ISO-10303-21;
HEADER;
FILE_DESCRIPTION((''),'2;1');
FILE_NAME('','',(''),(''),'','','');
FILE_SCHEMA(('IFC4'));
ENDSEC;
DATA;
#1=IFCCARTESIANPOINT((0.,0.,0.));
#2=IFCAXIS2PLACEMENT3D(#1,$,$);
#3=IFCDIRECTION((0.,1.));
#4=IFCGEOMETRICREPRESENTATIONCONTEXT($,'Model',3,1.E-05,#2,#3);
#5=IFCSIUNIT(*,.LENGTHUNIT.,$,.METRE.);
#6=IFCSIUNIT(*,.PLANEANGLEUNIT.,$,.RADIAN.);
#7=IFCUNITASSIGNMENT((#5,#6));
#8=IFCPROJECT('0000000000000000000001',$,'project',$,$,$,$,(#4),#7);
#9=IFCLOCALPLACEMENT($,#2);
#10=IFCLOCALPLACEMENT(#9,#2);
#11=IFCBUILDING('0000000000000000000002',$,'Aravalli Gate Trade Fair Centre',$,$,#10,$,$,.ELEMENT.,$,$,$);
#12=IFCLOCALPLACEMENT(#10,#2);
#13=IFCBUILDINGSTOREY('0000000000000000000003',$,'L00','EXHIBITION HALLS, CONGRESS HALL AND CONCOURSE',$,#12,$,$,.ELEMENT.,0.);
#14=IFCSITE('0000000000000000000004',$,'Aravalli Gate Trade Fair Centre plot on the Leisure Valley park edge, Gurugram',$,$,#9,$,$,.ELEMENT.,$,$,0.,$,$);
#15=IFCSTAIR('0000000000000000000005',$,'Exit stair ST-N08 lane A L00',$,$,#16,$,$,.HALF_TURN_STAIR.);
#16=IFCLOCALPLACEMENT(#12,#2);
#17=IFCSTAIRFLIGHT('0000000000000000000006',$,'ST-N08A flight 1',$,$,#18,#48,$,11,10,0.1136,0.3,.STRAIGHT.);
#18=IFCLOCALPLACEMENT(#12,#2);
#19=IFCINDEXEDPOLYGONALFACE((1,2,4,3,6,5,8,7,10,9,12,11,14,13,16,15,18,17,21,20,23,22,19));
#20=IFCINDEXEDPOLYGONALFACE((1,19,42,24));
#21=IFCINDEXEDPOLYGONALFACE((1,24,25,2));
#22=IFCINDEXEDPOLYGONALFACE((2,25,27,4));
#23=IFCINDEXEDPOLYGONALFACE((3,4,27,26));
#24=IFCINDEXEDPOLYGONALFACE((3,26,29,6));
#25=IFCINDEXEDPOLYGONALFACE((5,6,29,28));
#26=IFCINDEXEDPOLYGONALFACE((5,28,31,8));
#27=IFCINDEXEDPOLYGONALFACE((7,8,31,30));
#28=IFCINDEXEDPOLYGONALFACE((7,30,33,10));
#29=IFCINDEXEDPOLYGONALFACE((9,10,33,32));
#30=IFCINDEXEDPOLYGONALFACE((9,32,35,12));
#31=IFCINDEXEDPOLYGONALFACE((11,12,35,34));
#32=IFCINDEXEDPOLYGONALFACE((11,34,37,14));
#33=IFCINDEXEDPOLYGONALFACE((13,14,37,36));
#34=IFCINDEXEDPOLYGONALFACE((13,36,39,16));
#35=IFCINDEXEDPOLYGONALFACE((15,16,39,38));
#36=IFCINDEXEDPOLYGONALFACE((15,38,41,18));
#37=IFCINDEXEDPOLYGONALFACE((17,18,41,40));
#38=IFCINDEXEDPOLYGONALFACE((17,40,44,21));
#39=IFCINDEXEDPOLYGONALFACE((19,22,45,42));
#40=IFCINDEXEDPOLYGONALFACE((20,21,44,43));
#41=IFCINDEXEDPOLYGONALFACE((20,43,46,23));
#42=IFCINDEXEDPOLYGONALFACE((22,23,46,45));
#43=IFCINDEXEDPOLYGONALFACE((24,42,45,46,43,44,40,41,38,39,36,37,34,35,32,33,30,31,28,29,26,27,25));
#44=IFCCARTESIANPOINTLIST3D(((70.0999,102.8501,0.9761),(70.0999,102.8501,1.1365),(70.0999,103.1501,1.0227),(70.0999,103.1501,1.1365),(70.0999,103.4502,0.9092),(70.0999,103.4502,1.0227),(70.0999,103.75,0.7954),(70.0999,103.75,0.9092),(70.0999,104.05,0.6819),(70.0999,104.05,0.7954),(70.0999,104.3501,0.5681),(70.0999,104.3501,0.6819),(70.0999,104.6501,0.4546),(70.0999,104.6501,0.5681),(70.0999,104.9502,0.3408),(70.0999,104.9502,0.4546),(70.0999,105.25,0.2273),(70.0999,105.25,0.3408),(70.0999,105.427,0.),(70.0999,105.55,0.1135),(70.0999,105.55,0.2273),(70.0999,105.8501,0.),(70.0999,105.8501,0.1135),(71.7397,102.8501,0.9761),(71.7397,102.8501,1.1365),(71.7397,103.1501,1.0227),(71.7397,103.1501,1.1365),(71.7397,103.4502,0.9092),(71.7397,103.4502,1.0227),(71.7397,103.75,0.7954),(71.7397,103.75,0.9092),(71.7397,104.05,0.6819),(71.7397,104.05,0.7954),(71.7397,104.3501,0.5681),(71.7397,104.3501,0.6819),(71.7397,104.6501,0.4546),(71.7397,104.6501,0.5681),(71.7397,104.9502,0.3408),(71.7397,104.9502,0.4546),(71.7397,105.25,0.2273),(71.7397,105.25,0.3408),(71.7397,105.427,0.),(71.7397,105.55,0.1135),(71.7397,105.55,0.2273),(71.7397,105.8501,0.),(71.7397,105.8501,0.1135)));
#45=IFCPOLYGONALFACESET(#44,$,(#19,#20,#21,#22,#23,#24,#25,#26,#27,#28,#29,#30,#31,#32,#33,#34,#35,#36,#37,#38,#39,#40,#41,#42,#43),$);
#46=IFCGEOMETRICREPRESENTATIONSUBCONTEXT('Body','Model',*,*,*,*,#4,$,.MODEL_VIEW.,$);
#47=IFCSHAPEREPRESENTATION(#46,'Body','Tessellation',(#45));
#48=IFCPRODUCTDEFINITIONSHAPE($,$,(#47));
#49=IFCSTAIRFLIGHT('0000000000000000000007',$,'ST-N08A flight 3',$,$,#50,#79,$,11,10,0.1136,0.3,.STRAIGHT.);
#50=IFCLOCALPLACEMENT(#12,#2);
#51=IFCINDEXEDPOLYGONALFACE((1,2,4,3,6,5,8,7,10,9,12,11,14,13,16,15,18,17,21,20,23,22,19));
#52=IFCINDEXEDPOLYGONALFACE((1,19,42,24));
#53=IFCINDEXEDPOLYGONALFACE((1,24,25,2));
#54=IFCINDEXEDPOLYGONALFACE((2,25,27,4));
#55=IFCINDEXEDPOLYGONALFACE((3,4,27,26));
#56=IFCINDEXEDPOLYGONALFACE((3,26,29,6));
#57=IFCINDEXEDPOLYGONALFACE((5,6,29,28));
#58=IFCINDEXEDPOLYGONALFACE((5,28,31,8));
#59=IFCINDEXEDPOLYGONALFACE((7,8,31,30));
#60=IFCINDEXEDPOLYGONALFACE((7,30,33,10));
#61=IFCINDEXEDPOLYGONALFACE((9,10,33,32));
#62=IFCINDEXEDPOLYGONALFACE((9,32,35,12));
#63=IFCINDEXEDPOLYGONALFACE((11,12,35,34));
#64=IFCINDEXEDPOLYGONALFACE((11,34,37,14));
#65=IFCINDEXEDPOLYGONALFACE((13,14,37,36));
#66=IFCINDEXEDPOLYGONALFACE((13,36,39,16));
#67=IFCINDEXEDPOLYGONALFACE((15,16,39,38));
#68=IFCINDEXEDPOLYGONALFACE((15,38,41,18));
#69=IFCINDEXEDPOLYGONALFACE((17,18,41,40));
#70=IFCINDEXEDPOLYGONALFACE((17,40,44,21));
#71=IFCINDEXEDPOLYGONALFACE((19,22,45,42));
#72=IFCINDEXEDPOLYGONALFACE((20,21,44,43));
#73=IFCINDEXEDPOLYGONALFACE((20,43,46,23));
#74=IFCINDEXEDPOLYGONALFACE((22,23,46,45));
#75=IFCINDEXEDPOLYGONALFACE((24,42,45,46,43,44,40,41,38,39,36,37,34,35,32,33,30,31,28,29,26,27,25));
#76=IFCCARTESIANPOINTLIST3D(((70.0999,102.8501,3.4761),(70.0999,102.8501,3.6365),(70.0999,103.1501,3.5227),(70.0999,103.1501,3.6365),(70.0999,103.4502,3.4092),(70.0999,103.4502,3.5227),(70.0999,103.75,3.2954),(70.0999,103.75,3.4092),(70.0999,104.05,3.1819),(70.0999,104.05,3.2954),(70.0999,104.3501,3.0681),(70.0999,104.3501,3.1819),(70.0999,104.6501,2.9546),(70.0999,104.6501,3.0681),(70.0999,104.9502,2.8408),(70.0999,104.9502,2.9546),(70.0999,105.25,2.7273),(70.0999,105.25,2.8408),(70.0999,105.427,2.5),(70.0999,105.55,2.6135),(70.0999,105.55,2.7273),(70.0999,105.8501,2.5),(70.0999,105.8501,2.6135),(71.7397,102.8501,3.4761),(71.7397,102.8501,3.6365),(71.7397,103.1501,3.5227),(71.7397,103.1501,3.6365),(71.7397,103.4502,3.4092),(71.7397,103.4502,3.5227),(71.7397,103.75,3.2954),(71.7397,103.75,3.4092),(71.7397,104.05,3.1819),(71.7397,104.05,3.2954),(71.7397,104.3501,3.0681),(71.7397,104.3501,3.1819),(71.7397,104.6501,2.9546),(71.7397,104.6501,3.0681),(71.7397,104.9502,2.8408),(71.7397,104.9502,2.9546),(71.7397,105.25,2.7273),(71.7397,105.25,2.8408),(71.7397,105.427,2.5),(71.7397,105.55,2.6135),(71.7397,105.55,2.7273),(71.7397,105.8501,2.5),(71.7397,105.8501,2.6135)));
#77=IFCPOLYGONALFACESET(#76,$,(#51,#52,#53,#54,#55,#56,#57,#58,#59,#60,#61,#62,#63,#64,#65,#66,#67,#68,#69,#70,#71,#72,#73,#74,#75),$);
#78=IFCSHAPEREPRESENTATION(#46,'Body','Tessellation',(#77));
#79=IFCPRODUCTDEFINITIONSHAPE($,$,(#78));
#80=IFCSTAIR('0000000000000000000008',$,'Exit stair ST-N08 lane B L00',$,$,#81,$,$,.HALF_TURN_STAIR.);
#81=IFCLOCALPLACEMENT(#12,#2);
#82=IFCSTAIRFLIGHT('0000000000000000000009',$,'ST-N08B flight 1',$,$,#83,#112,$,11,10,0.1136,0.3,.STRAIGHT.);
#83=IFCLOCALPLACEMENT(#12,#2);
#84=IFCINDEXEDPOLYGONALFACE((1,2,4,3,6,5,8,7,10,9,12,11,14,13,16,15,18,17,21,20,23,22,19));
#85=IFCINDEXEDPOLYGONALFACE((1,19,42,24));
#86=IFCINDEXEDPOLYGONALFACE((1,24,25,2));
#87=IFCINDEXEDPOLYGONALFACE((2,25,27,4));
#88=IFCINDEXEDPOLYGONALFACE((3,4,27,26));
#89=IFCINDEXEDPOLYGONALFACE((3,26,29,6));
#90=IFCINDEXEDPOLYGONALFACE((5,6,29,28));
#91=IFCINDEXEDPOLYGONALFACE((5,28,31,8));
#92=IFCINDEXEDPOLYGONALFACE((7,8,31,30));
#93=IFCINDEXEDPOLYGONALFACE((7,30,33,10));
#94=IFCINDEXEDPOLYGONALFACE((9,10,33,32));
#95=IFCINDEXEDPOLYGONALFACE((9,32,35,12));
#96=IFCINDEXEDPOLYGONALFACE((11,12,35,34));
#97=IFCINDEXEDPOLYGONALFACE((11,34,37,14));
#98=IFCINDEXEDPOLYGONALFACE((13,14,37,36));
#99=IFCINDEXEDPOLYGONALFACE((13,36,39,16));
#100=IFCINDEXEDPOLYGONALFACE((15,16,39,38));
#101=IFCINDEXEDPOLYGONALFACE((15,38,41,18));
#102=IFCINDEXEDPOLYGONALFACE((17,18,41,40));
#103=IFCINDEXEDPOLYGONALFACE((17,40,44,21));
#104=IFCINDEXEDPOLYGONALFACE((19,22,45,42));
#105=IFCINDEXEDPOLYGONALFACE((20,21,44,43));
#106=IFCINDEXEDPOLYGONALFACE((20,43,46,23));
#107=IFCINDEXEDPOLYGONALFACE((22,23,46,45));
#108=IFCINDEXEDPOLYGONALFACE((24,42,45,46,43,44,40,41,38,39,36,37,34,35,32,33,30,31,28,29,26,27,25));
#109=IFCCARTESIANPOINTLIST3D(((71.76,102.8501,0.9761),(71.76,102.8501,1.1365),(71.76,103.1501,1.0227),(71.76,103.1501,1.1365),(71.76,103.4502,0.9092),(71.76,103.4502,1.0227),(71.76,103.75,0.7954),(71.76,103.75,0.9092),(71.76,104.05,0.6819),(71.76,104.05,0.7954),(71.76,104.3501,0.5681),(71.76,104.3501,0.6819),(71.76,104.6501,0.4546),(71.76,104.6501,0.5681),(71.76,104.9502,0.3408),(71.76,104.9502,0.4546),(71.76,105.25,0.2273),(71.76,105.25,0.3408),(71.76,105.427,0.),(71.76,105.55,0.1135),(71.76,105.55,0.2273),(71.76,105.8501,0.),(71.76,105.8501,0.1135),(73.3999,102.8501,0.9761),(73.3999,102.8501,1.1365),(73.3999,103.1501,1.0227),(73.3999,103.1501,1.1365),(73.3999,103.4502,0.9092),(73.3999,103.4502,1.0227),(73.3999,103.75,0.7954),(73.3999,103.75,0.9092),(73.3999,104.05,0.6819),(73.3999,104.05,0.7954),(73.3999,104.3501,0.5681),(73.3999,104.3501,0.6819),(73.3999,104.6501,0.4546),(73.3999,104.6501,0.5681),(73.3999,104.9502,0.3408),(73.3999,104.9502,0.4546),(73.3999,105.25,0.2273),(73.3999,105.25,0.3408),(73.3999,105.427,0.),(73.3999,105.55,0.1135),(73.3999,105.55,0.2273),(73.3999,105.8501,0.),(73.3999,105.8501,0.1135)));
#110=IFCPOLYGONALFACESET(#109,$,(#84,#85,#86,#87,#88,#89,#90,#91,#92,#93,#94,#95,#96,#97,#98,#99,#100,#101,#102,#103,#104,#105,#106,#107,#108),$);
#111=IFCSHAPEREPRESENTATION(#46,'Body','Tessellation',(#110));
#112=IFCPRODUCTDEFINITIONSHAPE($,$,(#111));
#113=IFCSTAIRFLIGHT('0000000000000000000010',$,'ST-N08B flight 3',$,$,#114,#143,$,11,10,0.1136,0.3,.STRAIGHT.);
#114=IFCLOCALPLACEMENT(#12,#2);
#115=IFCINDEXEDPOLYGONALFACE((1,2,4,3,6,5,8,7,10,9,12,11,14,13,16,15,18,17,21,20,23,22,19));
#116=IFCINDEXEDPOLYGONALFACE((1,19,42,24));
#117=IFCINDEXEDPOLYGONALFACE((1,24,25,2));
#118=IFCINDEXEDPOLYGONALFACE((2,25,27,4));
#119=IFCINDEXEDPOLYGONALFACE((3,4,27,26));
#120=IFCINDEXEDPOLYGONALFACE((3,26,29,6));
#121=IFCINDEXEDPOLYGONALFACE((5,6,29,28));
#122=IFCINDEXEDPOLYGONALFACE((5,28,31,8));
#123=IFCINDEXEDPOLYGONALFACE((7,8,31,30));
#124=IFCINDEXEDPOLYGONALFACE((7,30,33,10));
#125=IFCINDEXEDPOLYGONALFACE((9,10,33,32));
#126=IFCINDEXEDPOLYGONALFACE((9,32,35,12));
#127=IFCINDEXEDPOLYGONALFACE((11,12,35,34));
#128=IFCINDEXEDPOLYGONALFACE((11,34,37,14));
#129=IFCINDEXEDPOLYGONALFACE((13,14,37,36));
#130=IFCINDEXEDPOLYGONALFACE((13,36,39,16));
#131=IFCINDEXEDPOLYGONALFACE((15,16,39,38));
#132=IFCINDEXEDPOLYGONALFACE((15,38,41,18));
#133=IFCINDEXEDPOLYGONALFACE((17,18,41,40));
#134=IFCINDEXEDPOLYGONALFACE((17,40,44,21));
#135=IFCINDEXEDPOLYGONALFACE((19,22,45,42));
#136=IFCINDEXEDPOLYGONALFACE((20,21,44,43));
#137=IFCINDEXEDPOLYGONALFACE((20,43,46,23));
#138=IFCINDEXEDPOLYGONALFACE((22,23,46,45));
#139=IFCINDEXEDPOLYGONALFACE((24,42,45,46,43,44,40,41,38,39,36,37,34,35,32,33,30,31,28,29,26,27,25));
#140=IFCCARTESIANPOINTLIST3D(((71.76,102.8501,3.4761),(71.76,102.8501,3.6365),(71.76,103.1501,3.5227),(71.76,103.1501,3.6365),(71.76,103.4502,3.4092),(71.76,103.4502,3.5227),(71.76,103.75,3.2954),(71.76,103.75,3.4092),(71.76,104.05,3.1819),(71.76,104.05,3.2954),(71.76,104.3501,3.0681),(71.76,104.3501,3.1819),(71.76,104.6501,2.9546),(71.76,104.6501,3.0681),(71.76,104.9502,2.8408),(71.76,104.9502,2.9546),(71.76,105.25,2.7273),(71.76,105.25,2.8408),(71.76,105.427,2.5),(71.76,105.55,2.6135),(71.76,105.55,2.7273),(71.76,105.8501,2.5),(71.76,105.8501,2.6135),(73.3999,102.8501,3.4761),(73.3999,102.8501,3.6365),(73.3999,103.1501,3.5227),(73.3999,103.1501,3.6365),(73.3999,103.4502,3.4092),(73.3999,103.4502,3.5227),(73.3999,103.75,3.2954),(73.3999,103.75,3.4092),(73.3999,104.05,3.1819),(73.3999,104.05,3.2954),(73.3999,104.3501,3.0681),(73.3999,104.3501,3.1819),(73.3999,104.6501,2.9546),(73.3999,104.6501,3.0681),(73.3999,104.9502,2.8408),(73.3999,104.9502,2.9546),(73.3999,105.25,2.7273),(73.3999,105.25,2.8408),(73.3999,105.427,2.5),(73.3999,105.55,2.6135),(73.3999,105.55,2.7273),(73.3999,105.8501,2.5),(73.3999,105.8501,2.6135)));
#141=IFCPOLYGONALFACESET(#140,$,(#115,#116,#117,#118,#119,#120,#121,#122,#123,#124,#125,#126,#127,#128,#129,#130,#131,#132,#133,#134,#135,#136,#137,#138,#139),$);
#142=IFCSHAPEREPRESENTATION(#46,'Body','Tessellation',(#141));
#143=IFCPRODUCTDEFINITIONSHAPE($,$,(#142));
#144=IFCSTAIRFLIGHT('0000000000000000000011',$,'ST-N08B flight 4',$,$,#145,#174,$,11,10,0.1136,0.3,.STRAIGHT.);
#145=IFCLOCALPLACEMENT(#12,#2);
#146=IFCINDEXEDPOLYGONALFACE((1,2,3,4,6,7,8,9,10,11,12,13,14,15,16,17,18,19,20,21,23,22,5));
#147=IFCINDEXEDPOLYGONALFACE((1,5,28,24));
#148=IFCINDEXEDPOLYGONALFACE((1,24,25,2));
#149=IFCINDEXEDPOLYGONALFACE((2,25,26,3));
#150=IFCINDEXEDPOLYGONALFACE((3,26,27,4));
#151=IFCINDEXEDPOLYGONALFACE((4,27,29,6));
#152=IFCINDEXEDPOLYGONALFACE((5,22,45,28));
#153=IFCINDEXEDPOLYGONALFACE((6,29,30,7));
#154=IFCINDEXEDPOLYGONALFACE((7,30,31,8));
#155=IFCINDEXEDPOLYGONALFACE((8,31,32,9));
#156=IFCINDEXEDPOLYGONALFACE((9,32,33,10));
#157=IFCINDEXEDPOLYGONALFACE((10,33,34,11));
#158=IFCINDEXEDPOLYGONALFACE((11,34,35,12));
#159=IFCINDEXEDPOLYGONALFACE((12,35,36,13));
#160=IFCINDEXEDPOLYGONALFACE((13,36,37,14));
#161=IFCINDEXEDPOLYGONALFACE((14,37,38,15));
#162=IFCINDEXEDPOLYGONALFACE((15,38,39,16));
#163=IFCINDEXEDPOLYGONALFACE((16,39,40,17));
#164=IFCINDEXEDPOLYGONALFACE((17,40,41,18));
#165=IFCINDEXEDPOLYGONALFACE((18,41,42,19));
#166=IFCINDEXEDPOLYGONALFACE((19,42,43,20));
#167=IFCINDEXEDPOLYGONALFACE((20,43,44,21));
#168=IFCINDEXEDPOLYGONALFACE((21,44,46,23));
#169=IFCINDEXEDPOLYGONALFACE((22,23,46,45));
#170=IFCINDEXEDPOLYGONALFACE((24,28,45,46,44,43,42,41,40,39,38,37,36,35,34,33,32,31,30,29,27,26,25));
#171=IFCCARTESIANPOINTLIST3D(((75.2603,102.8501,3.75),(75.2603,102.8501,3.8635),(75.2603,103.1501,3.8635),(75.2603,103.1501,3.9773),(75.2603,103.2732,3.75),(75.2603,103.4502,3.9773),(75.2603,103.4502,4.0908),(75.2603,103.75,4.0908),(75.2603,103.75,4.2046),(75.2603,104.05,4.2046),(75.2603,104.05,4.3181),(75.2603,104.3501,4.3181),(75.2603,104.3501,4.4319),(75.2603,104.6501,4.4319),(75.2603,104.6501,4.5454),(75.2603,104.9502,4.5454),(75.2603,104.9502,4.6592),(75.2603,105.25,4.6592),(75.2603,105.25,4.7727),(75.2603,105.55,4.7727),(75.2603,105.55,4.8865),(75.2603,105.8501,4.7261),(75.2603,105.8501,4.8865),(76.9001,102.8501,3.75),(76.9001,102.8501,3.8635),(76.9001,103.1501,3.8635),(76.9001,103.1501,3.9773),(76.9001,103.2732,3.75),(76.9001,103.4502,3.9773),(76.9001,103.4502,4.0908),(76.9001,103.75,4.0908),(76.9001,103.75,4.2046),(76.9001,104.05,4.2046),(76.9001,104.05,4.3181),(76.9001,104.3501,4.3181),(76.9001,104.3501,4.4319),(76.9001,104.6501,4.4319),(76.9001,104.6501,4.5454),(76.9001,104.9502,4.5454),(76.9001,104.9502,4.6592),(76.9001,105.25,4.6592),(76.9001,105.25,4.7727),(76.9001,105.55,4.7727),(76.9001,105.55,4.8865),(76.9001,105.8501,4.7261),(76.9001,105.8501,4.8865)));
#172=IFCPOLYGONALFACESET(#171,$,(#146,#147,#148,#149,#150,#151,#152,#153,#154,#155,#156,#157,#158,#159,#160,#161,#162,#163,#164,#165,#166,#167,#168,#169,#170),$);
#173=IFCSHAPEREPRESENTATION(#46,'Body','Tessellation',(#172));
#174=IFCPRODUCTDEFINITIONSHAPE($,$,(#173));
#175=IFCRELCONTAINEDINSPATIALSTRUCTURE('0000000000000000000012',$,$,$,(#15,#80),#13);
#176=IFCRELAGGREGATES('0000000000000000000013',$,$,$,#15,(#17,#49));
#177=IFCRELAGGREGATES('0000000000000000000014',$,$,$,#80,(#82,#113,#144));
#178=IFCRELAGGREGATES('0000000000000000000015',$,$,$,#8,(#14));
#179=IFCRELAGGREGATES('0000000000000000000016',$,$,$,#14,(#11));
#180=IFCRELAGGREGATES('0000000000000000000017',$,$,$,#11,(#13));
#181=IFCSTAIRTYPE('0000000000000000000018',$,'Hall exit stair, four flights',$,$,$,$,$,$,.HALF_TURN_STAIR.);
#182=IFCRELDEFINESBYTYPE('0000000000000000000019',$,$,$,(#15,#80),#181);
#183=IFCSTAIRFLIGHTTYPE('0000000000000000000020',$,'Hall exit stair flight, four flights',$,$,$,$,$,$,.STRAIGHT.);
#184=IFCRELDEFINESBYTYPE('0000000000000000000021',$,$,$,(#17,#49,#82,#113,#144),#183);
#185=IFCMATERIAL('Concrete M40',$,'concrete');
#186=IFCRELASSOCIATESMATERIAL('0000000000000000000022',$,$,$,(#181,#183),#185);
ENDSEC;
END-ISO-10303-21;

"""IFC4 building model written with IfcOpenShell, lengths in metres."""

from ifc_helpers import new_model, si_unit, direction, frame, origin, place, context, subcontext, project, spatial, polyline, outline, extrude, material, type_object, element, aggregate, save


model = new_model("IFC4")

# Units and contexts
model_context = context("Model", 3, precision=1e-05, world=origin(), true_north=direction((0.0, 1.0)))
body_context = subcontext(model_context, "Body", "Model", "MODEL_VIEW")
ifc_project = project(units=[si_unit("LENGTHUNIT", "METRE"), si_unit("PLANEANGLEUNIT", "RADIAN")], contexts=[model_context])

# Site, building, storey
site_placement = place(None, origin())
site = spatial("IfcSite", under=ifc_project, at=site_placement, Name="Aravalli Gate Trade Fair Centre plot on the Leisure Valley park edge, Gurugram", CompositionType="ELEMENT", RefElevation=0.0)
building_placement = place(site_placement, origin())
building = spatial("IfcBuilding", under=site, at=building_placement, Name="Aravalli Gate Trade Fair Centre", CompositionType="ELEMENT")
storey_placement = place(building_placement, origin())
storey = spatial("IfcBuildingStorey", under=building, at=storey_placement, Name="L00", Description="EXHIBITION HALLS, CONGRESS HALL AND CONCOURSE", CompositionType="ELEMENT", Elevation=0.0)

# Shared definitions
ifc_material_1 = material(Name="Concrete M40", Category="concrete")

# Stairs, stair flights
stair_type = type_object("IfcStairType", Name="Hall exit stair, four flights", PredefinedType="HALF_TURN_STAIR", material=ifc_material_1)
stair_1_placement = place(storey_placement, origin())
stair_1 = element("IfcStair", 1, at=stair_1_placement, inside=storey, type_object=stair_type, Name="Exit stair ST-N08 lane A L00", PredefinedType="HALF_TURN_STAIR")
stair_flight_type = type_object("IfcStairFlightType", Name="Hall exit stair flight, four flights", PredefinedType="STRAIGHT", material=ifc_material_1)
stair_flight_1_placement = place(storey_placement, frame((70.9199, 105.8501, 0.0), z_axis=(0.0, 0.0, 1.0), x_axis=(0.0, -1.0, 0.0)))
stair_flight_1 = element("IfcStairFlight", 2, at=stair_flight_1_placement, type_object=stair_flight_type, Name="ST-N08A flight 1", NumberOfRisers=11, NumberOfTreads=10, PredefinedType="STRAIGHT", RiserHeight=0.1136, TreadLength=0.3, context=body_context, shape_type="SweptSolid", body=[
    extrude(outline(polyline([(0.0, 0.0), (0.0, 0.1135), (0.3, 0.1135), (0.3, 0.2273), (0.6001, 0.2273), (0.6001, 0.3408), (0.8999, 0.3408), (0.8999, 0.4546), (1.2, 0.4546), (1.2, 0.5681), (1.5, 0.5681), (1.5, 0.6819), (1.8, 0.6819), (1.8, 0.7954), (2.1001, 0.7954), (2.1001, 0.9092), (2.3999, 0.9092), (2.3999, 1.0227), (2.7, 1.0227), (2.7, 1.1365), (3.0, 1.1365), (3.0, 1.25), (3.0, 0.9761), (0.4231, 0.0), (0.0, 0.0)])), frame((0.0, 0.8198, 0.0), z_axis=(0.0, -1.0, 0.0), x_axis=(1.0, 0.0, 0.0)), (0.0, 0.0, 1.0), 1.6399),
])
stair_flight_2_placement = place(storey_placement, frame((70.9199, 105.8501, 2.5), z_axis=(0.0, 0.0, 1.0), x_axis=(0.0, -1.0, 0.0)))
stair_flight_2 = element("IfcStairFlight", 3, at=stair_flight_2_placement, type_object=stair_flight_type, Name="ST-N08A flight 3", NumberOfRisers=11, NumberOfTreads=10, PredefinedType="STRAIGHT", RiserHeight=0.1136, TreadLength=0.3, context=body_context, shape_type="SweptSolid", body=[
    extrude(outline(polyline([(0.0, 0.0), (0.0, 0.1135), (0.3, 0.1135), (0.3, 0.2273), (0.6001, 0.2273), (0.6001, 0.3408), (0.8999, 0.3408), (0.8999, 0.4546), (1.2, 0.4546), (1.2, 0.5681), (1.5, 0.5681), (1.5, 0.6819), (1.8, 0.6819), (1.8, 0.7954), (2.1001, 0.7954), (2.1001, 0.9092), (2.3999, 0.9092), (2.3999, 1.0227), (2.7, 1.0227), (2.7, 1.1365), (3.0, 1.1365), (3.0, 1.25), (3.0, 0.9761), (0.4231, 0.0), (0.0, 0.0)])), frame((0.0, 0.8198, 0.0), z_axis=(0.0, -1.0, 0.0), x_axis=(1.0, 0.0, 0.0)), (0.0, 0.0, 1.0), 1.6399),
])
aggregate(stair_1, [stair_flight_1, stair_flight_2])
stair_2_placement = place(storey_placement, origin())
stair_2 = element("IfcStair", 4, at=stair_2_placement, inside=storey, type_object=stair_type, Name="Exit stair ST-N08 lane B L00", PredefinedType="HALF_TURN_STAIR")
stair_flight_3_placement = place(storey_placement, frame((72.5801, 105.8501, 0.0), z_axis=(0.0, 0.0, 1.0), x_axis=(0.0, -1.0, 0.0)))
stair_flight_3 = element("IfcStairFlight", 5, at=stair_flight_3_placement, type_object=stair_flight_type, Name="ST-N08B flight 1", NumberOfRisers=11, NumberOfTreads=10, PredefinedType="STRAIGHT", RiserHeight=0.1136, TreadLength=0.3, context=body_context, shape_type="SweptSolid", body=[
    extrude(outline(polyline([(0.0, 0.0), (0.0, 0.1135), (0.3, 0.1135), (0.3, 0.2273), (0.6001, 0.2273), (0.6001, 0.3408), (0.8999, 0.3408), (0.8999, 0.4546), (1.2, 0.4546), (1.2, 0.5681), (1.5, 0.5681), (1.5, 0.6819), (1.8, 0.6819), (1.8, 0.7954), (2.1001, 0.7954), (2.1001, 0.9092), (2.3999, 0.9092), (2.3999, 1.0227), (2.7, 1.0227), (2.7, 1.1365), (3.0, 1.1365), (3.0, 1.25), (3.0, 0.9761), (0.4231, 0.0), (0.0, 0.0)])), frame((0.0, 0.8198, 0.0), z_axis=(0.0, -1.0, 0.0), x_axis=(1.0, 0.0, 0.0)), (0.0, 0.0, 1.0), 1.6399),
])
stair_flight_4_placement = place(storey_placement, frame((72.5801, 105.8501, 2.5), z_axis=(0.0, 0.0, 1.0), x_axis=(0.0, -1.0, 0.0)))
stair_flight_4 = element("IfcStairFlight", 6, at=stair_flight_4_placement, type_object=stair_flight_type, Name="ST-N08B flight 3", NumberOfRisers=11, NumberOfTreads=10, PredefinedType="STRAIGHT", RiserHeight=0.1136, TreadLength=0.3, context=body_context, shape_type="SweptSolid", body=[
    extrude(outline(polyline([(0.0, 0.0), (0.0, 0.1135), (0.3, 0.1135), (0.3, 0.2273), (0.6001, 0.2273), (0.6001, 0.3408), (0.8999, 0.3408), (0.8999, 0.4546), (1.2, 0.4546), (1.2, 0.5681), (1.5, 0.5681), (1.5, 0.6819), (1.8, 0.6819), (1.8, 0.7954), (2.1001, 0.7954), (2.1001, 0.9092), (2.3999, 0.9092), (2.3999, 1.0227), (2.7, 1.0227), (2.7, 1.1365), (3.0, 1.1365), (3.0, 1.25), (3.0, 0.9761), (0.4231, 0.0), (0.0, 0.0)])), frame((0.0, 0.8198, 0.0), z_axis=(0.0, -1.0, 0.0), x_axis=(1.0, 0.0, 0.0)), (0.0, 0.0, 1.0), 1.6399),
])
stair_flight_5_placement = place(storey_placement, frame((76.0801, 102.8501, 3.75), z_axis=(0.0, 0.0, 1.0), x_axis=(0.0, 1.0, 0.0)))
stair_flight_5 = element("IfcStairFlight", 7, at=stair_flight_5_placement, type_object=stair_flight_type, Name="ST-N08B flight 4", NumberOfRisers=11, NumberOfTreads=10, PredefinedType="STRAIGHT", RiserHeight=0.1136, TreadLength=0.3, context=body_context, shape_type="SweptSolid", body=[
    extrude(outline(polyline([(0.0, 0.0), (0.0, 0.1135), (0.3, 0.1135), (0.3, 0.2273), (0.6001, 0.2273), (0.6001, 0.3408), (0.8999, 0.3408), (0.8999, 0.4546), (1.2, 0.4546), (1.2, 0.5681), (1.5, 0.5681), (1.5, 0.6819), (1.8, 0.6819), (1.8, 0.7954), (2.1001, 0.7954), (2.1001, 0.9092), (2.3999, 0.9092), (2.3999, 1.0227), (2.7, 1.0227), (2.7, 1.1365), (3.0, 1.1365), (3.0, 1.25), (3.0, 0.9761), (0.4231, 0.0), (0.0, 0.0)])), frame((0.0, 0.8198, 0.0), z_axis=(0.0, -1.0, 0.0), x_axis=(1.0, 0.0, 0.0)), (0.0, 0.0, 1.0), 1.6399),
])
aggregate(stair_2, [stair_flight_3, stair_flight_4, stair_flight_5])

save(model, "model.ifc")
